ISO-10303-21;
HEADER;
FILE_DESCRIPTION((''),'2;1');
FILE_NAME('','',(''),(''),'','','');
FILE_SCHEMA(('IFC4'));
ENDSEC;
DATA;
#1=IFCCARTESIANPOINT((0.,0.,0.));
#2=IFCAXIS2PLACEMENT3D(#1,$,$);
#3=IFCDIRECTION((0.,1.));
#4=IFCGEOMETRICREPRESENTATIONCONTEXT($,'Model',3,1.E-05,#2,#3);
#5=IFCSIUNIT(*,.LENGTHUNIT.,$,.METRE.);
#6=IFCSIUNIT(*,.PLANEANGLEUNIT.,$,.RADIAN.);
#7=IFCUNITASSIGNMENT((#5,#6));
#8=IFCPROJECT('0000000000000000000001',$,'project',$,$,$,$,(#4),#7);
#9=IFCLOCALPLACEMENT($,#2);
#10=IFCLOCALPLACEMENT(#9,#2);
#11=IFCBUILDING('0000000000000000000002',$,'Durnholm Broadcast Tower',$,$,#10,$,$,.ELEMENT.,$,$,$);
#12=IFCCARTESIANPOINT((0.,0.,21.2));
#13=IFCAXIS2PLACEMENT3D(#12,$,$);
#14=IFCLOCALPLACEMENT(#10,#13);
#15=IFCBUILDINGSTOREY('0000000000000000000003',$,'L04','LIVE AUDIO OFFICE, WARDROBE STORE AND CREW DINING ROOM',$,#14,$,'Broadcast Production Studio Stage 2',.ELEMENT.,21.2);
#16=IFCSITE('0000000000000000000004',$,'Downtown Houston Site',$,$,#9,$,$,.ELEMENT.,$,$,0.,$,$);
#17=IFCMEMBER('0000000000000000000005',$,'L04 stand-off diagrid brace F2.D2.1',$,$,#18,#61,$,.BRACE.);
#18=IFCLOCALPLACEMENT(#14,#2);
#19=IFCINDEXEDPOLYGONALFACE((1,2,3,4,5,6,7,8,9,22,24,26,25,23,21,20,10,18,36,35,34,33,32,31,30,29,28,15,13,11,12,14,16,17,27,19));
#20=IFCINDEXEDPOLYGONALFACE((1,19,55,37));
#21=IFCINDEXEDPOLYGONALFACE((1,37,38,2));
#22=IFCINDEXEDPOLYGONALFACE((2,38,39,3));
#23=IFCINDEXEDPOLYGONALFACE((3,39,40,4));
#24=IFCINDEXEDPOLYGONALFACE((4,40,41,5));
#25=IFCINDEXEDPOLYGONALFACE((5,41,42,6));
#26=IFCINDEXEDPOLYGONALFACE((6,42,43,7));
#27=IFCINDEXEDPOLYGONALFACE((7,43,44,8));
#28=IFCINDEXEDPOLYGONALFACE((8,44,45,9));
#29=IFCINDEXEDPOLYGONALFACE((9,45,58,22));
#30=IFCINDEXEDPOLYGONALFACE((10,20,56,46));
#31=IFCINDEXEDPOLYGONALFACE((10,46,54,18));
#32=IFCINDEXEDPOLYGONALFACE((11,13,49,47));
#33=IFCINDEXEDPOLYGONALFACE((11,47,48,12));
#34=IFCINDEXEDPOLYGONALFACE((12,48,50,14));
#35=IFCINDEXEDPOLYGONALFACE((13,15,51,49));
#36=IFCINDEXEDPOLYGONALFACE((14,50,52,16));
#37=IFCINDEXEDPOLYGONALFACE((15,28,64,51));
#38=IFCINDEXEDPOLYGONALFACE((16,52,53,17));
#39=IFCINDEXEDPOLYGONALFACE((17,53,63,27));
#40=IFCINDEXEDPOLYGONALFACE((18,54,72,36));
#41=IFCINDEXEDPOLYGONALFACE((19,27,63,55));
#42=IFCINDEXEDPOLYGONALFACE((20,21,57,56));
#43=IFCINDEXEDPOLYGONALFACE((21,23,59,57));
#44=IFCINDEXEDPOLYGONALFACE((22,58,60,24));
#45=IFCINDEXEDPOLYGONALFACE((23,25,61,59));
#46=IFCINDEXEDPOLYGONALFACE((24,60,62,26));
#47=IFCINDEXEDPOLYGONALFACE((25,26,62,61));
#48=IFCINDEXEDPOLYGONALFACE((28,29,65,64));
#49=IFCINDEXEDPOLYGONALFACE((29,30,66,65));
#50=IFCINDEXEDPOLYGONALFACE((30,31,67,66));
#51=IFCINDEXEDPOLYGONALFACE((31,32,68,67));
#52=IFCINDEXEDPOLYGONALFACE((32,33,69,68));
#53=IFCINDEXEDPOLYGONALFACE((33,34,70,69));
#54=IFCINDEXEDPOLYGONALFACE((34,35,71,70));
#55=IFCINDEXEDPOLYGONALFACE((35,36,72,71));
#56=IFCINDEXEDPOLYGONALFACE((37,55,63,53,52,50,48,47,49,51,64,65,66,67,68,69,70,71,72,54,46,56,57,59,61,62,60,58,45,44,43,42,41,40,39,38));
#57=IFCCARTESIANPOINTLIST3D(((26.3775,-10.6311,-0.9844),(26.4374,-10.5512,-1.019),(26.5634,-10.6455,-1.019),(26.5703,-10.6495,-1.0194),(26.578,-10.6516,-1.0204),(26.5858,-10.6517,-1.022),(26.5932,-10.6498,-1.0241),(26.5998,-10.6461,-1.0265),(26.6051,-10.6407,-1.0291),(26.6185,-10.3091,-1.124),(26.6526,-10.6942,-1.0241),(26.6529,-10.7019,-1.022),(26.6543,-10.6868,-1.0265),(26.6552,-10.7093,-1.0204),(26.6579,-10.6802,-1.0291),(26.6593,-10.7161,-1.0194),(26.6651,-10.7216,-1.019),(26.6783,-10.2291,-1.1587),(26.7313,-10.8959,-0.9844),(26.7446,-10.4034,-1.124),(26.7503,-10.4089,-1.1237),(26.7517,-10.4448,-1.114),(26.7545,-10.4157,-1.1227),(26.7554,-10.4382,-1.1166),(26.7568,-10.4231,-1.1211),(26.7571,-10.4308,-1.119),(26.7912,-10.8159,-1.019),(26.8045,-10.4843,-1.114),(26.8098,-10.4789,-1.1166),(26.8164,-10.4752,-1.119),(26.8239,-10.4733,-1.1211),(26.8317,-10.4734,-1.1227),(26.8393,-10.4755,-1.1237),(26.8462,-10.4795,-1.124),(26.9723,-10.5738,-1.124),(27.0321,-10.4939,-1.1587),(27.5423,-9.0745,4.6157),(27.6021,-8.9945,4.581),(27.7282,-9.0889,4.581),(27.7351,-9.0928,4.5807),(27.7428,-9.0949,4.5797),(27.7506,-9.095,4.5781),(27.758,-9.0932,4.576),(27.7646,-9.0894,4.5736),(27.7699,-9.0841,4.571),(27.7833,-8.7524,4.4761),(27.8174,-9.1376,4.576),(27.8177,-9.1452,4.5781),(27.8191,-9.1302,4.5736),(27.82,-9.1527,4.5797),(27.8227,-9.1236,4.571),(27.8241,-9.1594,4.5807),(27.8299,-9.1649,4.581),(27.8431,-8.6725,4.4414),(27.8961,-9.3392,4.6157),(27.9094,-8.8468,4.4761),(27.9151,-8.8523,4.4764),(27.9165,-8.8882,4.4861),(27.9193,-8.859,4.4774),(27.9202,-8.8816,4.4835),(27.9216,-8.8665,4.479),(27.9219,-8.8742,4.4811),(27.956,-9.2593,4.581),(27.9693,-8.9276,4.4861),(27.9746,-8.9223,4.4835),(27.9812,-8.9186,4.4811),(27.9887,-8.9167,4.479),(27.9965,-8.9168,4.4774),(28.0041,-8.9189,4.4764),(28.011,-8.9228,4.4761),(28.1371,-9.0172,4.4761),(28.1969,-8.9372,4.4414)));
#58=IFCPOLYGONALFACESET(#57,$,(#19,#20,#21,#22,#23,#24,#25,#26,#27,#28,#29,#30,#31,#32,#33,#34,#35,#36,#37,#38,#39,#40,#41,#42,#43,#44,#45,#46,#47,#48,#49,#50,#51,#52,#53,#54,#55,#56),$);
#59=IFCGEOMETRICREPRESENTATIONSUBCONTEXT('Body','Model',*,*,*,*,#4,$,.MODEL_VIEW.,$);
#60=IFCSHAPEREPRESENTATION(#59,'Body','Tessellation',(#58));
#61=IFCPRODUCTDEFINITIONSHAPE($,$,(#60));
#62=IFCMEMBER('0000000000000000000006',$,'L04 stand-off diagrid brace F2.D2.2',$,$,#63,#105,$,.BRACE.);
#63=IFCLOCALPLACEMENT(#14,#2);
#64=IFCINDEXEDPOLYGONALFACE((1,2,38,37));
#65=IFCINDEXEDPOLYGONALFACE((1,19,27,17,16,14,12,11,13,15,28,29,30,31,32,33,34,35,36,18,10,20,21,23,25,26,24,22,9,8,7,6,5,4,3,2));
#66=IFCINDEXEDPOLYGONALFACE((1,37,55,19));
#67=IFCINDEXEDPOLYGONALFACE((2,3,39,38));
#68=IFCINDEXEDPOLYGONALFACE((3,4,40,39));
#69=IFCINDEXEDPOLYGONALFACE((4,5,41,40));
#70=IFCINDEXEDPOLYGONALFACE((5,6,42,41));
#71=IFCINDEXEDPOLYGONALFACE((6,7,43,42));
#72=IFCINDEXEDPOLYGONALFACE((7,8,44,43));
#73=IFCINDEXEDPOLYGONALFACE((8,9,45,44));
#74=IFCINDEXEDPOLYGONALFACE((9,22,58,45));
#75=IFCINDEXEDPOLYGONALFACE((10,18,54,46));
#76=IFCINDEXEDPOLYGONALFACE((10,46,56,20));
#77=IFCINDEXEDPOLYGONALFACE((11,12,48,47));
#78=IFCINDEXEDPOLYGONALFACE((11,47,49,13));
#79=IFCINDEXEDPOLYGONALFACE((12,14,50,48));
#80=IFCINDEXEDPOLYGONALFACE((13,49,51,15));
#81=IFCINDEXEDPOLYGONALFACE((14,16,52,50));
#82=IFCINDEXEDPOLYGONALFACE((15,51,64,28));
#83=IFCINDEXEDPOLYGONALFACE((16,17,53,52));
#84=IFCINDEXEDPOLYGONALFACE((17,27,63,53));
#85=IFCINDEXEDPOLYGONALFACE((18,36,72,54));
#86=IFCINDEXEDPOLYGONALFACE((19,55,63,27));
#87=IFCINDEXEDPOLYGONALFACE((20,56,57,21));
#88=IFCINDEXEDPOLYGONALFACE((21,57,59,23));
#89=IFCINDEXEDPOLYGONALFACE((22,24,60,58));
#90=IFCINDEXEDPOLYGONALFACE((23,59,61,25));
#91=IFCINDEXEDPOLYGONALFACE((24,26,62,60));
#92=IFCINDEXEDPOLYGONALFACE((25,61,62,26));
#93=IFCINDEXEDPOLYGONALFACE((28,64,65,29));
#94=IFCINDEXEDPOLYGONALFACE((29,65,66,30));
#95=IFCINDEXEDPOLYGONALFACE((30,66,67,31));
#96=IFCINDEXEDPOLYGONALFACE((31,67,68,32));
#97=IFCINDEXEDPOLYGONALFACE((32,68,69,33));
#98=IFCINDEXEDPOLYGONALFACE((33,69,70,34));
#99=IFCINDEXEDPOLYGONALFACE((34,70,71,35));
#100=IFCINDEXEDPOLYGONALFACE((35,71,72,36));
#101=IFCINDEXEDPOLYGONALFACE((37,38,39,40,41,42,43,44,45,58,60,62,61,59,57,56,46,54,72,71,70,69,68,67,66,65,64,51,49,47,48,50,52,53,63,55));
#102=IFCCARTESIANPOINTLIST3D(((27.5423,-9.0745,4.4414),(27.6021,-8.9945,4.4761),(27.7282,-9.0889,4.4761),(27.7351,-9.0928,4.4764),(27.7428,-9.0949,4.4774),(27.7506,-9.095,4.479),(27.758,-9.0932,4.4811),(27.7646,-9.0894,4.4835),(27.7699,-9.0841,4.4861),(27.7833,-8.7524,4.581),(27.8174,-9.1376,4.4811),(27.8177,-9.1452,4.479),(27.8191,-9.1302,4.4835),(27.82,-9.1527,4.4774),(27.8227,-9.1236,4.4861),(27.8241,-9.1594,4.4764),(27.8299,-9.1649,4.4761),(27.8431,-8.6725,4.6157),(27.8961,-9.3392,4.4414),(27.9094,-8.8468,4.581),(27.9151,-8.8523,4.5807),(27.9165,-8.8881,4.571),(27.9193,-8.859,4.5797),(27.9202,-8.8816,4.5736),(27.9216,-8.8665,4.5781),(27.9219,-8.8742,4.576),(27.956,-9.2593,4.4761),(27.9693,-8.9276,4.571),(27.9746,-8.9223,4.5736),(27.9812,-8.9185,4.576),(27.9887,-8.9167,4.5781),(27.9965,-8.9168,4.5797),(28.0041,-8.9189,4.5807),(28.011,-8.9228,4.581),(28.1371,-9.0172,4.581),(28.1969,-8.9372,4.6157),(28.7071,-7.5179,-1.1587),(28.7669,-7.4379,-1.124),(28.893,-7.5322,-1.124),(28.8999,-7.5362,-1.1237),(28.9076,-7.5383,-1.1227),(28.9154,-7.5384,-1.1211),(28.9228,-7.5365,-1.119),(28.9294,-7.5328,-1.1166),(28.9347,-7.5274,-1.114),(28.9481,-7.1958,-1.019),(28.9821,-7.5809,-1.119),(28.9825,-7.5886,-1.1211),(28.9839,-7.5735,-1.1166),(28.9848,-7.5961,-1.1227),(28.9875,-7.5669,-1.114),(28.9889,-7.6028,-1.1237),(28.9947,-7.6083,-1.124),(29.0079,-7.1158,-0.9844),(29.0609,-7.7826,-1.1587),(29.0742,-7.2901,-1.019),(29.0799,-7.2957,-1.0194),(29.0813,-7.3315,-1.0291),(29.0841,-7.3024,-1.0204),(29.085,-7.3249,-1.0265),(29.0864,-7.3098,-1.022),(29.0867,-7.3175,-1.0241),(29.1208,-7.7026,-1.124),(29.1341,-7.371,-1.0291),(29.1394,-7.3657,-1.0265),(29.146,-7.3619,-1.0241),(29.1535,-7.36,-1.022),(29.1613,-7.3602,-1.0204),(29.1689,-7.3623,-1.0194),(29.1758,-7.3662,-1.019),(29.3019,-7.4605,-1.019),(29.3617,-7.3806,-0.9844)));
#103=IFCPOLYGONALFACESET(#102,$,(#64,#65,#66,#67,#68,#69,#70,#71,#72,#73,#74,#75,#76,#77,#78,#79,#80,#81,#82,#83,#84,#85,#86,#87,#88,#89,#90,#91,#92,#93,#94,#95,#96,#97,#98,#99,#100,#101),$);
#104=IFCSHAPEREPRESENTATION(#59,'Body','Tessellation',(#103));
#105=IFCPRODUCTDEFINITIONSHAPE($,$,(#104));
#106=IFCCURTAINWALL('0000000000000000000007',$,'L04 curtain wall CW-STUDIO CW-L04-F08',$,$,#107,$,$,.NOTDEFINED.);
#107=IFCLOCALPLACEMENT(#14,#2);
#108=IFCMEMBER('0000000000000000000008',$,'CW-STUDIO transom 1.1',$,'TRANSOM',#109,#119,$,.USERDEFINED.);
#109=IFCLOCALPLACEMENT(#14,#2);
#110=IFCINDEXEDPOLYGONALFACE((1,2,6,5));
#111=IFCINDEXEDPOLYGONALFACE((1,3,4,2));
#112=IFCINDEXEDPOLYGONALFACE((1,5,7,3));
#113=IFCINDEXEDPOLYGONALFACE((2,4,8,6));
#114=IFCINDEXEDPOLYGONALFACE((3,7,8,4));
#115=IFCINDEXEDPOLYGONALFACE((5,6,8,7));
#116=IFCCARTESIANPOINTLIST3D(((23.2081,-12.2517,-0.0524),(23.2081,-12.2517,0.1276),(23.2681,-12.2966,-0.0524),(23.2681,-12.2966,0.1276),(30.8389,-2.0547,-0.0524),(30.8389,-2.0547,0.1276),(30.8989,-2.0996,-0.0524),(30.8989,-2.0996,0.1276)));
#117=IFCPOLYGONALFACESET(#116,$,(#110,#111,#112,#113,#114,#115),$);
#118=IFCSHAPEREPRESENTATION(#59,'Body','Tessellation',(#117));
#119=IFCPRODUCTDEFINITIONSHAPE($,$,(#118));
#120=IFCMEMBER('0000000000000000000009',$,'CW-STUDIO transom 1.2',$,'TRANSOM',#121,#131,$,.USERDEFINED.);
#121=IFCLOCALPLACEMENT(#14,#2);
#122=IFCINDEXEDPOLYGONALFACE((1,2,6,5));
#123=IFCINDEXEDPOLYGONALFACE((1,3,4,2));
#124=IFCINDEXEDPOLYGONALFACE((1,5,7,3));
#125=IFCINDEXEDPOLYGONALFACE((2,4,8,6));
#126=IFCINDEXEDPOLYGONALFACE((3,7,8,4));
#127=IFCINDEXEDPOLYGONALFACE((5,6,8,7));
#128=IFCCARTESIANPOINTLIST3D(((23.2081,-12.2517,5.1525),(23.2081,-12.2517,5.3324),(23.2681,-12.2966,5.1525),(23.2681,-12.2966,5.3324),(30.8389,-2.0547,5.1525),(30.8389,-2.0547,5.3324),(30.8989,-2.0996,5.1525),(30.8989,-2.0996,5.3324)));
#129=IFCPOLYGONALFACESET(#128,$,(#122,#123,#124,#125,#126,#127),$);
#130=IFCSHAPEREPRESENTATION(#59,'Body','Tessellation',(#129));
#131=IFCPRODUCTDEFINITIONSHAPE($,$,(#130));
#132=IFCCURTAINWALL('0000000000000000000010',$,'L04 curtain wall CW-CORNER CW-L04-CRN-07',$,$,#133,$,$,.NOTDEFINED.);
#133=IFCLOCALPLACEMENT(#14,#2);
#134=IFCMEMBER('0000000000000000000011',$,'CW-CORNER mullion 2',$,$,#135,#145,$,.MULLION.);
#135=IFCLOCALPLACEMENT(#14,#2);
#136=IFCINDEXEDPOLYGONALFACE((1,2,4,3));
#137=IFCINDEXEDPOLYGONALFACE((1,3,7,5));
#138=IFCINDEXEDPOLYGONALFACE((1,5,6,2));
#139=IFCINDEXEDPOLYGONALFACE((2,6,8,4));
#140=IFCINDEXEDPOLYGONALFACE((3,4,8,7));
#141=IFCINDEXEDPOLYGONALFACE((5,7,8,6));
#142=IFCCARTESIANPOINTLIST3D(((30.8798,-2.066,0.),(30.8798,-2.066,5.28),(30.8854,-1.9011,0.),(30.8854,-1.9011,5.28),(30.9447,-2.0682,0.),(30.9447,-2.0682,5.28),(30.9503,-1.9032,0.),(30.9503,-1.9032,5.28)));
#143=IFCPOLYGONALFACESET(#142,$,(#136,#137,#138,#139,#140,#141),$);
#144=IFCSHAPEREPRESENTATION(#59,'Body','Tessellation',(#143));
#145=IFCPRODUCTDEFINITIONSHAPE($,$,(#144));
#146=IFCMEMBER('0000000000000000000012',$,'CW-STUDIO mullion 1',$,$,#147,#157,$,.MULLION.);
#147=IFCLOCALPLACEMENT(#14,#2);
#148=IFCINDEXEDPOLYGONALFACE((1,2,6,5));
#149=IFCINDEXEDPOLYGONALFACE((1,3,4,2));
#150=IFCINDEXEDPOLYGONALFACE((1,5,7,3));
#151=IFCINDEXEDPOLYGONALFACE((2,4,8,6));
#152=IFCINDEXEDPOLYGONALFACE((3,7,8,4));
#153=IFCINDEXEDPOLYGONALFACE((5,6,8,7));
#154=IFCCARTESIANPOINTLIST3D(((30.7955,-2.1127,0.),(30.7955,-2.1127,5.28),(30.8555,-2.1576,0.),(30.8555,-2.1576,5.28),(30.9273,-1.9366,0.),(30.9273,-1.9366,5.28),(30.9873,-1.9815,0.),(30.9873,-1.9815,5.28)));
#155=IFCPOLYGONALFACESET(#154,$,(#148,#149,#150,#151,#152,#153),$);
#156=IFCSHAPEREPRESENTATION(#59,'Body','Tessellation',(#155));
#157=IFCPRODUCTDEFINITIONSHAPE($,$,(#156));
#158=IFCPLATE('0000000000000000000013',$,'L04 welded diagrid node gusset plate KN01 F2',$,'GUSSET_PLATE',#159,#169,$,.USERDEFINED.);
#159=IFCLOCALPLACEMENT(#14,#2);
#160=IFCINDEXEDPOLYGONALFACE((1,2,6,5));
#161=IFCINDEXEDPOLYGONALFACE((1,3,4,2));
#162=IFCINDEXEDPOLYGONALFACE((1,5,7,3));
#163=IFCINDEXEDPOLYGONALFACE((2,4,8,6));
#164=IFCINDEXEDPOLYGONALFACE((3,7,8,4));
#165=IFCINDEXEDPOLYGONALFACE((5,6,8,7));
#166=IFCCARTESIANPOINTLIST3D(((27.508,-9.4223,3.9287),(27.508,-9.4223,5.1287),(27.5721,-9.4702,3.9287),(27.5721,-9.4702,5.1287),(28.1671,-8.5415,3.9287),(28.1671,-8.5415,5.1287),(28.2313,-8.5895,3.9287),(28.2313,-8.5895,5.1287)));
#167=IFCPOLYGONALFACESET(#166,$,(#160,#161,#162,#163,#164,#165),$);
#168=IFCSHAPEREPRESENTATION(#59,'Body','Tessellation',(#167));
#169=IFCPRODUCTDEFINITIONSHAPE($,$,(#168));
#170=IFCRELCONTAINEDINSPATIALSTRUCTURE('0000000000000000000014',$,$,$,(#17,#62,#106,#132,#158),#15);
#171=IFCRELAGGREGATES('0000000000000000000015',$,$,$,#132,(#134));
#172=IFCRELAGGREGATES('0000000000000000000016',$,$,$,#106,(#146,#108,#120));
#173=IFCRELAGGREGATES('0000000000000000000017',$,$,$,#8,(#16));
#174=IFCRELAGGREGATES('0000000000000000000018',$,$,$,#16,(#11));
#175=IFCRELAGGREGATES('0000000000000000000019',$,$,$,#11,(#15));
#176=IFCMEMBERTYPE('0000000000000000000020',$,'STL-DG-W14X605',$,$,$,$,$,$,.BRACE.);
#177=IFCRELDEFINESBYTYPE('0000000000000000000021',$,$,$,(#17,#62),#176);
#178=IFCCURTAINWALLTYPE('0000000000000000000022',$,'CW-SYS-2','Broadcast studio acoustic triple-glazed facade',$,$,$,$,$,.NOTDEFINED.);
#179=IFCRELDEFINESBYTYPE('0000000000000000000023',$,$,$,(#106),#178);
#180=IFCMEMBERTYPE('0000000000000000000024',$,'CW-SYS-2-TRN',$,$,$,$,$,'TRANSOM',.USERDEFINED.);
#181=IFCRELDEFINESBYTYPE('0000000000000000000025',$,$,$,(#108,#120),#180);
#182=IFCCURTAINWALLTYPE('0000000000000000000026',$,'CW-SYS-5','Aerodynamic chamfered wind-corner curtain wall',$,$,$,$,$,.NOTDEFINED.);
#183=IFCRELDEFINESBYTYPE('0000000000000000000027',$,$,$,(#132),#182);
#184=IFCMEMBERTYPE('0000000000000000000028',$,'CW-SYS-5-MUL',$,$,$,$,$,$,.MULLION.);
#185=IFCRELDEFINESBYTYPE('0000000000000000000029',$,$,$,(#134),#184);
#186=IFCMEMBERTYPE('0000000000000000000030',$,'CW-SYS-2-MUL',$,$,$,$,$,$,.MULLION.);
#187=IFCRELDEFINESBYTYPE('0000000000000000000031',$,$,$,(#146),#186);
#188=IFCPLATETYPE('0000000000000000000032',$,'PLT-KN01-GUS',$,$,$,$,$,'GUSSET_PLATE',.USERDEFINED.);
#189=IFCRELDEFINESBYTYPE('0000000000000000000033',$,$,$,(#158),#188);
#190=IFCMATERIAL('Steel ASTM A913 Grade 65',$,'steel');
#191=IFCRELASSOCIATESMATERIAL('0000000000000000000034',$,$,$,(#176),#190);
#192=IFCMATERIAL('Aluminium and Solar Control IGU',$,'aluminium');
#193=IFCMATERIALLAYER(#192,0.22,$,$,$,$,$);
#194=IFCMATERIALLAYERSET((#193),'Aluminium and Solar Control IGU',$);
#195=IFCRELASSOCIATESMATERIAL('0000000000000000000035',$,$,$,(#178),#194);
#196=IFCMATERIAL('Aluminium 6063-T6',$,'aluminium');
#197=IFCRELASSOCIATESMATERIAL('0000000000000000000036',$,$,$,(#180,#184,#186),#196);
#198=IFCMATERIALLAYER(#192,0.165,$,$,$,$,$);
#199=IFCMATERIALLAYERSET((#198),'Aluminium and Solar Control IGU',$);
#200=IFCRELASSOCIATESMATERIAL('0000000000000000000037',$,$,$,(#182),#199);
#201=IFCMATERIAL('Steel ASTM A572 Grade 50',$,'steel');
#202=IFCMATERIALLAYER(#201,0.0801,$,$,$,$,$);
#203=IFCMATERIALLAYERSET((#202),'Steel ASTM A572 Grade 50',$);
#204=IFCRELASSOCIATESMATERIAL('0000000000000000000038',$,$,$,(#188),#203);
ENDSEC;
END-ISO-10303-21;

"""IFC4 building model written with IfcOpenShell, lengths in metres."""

from ifc_helpers import new_model, si_unit, direction, frame, origin, origin_2d, place, context, subcontext, project, spatial, rectangle, i_section, extrude, source, transform, mapped, material, layer, layer_set, material_profile, profile_set, type_object, type_shapes, element, aggregate, save


model = new_model("IFC4")

# Units and contexts
model_context = context("Model", 3, precision=1e-05, world=origin(), true_north=direction((0.0, 1.0)))
body_context = subcontext(model_context, "Body", "Model", "MODEL_VIEW")
ifc_project = project(units=[si_unit("LENGTHUNIT", "METRE"), si_unit("PLANEANGLEUNIT", "RADIAN")], contexts=[model_context])

# Site, building, storey
site_placement = place(None, origin())
site = spatial("IfcSite", under=ifc_project, at=site_placement, Name="Downtown Houston Site", CompositionType="ELEMENT", RefElevation=0.0)
building_placement = place(site_placement, origin())
building = spatial("IfcBuilding", under=site, at=building_placement, Name="Durnholm Broadcast Tower", CompositionType="ELEMENT")
storey_placement = place(building_placement, frame((0.0, 0.0, 21.2)))
storey = spatial("IfcBuildingStorey", under=building, at=storey_placement, Name="L04", Description="LIVE AUDIO OFFICE, WARDROBE STORE AND CREW DINING ROOM", LongName="Broadcast Production Studio Stage 2", CompositionType="ELEMENT", Elevation=21.2)

# Shared definitions
ifc_material_1 = material(Name="Steel ASTM A913 Grade 65", Category="steel")

# Members
ifc_material_profile_1 = material_profile(ifc_material_1, i_section(OverallWidth=0.4419, OverallDepth=0.5315, WebThickness=0.0659, FlangeThickness=0.1057, FilletRadius=0.0305, at=origin_2d()), Name="W14X605")
ifc_profile_set_1 = profile_set([ifc_material_profile_1], Name="Steel ASTM A913 Grade 65")
member_type_1 = type_object("IfcMemberType", Name="STL-DG-W14X605", PredefinedType="BRACE", material=ifc_profile_set_1)
shared_shape_1 = source(origin(), body_context, "Body", "SweptSolid", [
    extrude(i_section(OverallWidth=0.4419, OverallDepth=0.5315, WebThickness=0.0659, FlangeThickness=0.1057, FilletRadius=0.0305, at=origin_2d()), origin(), (0.0, 0.0, 1.0), 5.928),
])
type_shapes(member_type_1, [shared_shape_1])
for number, where, z_axis, x_axis, name in (
    (1, (26.7048, -10.5625, -1.0715), (0.196491, 0.262592, 0.944689), (-0.800663, 0.599116, 0.0), "L04 stand-off diagrid brace F2.D2.1"),
    (2, (29.0344, -7.4492, -1.0715), (-0.196491, -0.262592, 0.944689), (0.800663, -0.599116, 0.0), "L04 stand-off diagrid brace F2.D2.2"),
):
    element("IfcMember", number, at=place(storey_placement, frame(where, z_axis=z_axis, x_axis=x_axis)), inside=storey, type_object=member_type_1, Name=name, PredefinedType="BRACE", context=body_context, shape_type="MappedRepresentation", body=[
        mapped(shared_shape_1, transform((0.0, 0.0, 0.0), x_axis=(1.0, 0.0, 0.0), y_axis=(0.0, 1.0, 0.0), z_axis=(0.0, 0.0, 1.0), scale=1.0)),
    ])

# Curtain wall, members
ifc_material_2 = material(Name="Aluminium and Solar Control IGU", Category="aluminium")
ifc_layer_1 = layer(ifc_material_2, 0.22)
ifc_layer_set_1 = layer_set([ifc_layer_1], Name="Aluminium and Solar Control IGU")
curtain_wall_type_1 = type_object("IfcCurtainWallType", Name="CW-SYS-2", Description="Broadcast studio acoustic triple-glazed facade", PredefinedType="NOTDEFINED", material=ifc_layer_set_1)
curtain_wall_1_placement = place(storey_placement, origin())
curtain_wall_1 = element("IfcCurtainWall", 3, at=curtain_wall_1_placement, inside=storey, type_object=curtain_wall_type_1, Name="L04 curtain wall CW-STUDIO CW-L04-F08", PredefinedType="NOTDEFINED")
ifc_material_3 = material(Name="Aluminium 6063-T6", Category="aluminium")
ifc_material_profile_2 = material_profile(ifc_material_3, rectangle(XDim=0.075, YDim=0.1799, at=origin_2d()), Name="CWT75X180")
ifc_profile_set_2 = profile_set([ifc_material_profile_2], Name="Aluminium 6063-T6")
member_type_2 = type_object("IfcMemberType", Name="CW-SYS-2-TRN", ElementType="TRANSOM", PredefinedType="USERDEFINED", material=ifc_profile_set_2)
shared_shape_2 = source(origin(), body_context, "Body", "SweptSolid", [
    extrude(rectangle(XDim=0.075, YDim=0.1799, at=origin_2d()), origin(), (0.0, 0.0, 1.0), 12.7361),
])
type_shapes(member_type_2, [shared_shape_2])
member_1_placement = place(storey_placement, frame((30.8689, -2.0771, 0.0376), z_axis=(-0.59915, -0.800637, 0.0), x_axis=(0.800637, -0.59915, 0.0)))
member_1 = element("IfcMember", 4, at=member_1_placement, type_object=member_type_2, Name="CW-STUDIO transom 1.1", ObjectType="TRANSOM", PredefinedType="USERDEFINED", context=body_context, shape_type="MappedRepresentation", body=[
    mapped(shared_shape_2, transform((0.0, 0.0, 0.0), x_axis=(1.0, 0.0, 0.0), y_axis=(0.0, 1.0, 0.0), z_axis=(0.0, 0.0, 1.0), scale=1.0)),
])
member_2_placement = place(storey_placement, frame((30.8689, -2.0771, 5.2424), z_axis=(-0.59915, -0.800637, 0.0), x_axis=(0.800637, -0.59915, 0.0)))
member_2 = element("IfcMember", 5, at=member_2_placement, type_object=member_type_2, Name="CW-STUDIO transom 1.2", ObjectType="TRANSOM", PredefinedType="USERDEFINED", context=body_context, shape_type="MappedRepresentation", body=[
    mapped(shared_shape_2, transform((0.0, 0.0, 0.0), x_axis=(1.0, 0.0, 0.0), y_axis=(0.0, 1.0, 0.0), z_axis=(0.0, 0.0, 1.0), scale=1.0)),
])

# Curtain wall, member
ifc_layer_2 = layer(ifc_material_2, 0.165)
ifc_layer_set_2 = layer_set([ifc_layer_2], Name="Aluminium and Solar Control IGU")
curtain_wall_type_2 = type_object("IfcCurtainWallType", Name="CW-SYS-5", Description="Aerodynamic chamfered wind-corner curtain wall", PredefinedType="NOTDEFINED", material=ifc_layer_set_2)
curtain_wall_2_placement = place(storey_placement, origin())
curtain_wall_2 = element("IfcCurtainWall", 6, at=curtain_wall_2_placement, inside=storey, type_object=curtain_wall_type_2, Name="L04 curtain wall CW-CORNER CW-L04-CRN-07", PredefinedType="NOTDEFINED")
ifc_material_profile_3 = material_profile(ifc_material_3, rectangle(XDim=0.0649, YDim=0.165, at=origin_2d()), Name="CWM65X165")
ifc_profile_set_3 = profile_set([ifc_material_profile_3], Name="Aluminium 6063-T6")
member_type_3 = type_object("IfcMemberType", Name="CW-SYS-5-MUL", PredefinedType="MULLION", material=ifc_profile_set_3)
shared_shape_3 = source(origin(), body_context, "Body", "SweptSolid", [
    extrude(rectangle(XDim=0.0649, YDim=0.165, at=origin_2d()), origin(), (0.0, 0.0, 1.0), 5.28),
])
type_shapes(member_type_3, [shared_shape_3])
member_3_placement = place(storey_placement, frame((30.915, -1.9846, 0.0), z_axis=(0.0, 0.0, 1.0), x_axis=(0.999437, -0.033557, 0.0)))
member_3 = element("IfcMember", 7, at=member_3_placement, type_object=member_type_3, Name="CW-CORNER mullion 2", PredefinedType="MULLION", context=body_context, shape_type="MappedRepresentation", body=[
    mapped(shared_shape_3, transform((0.0, 0.0, 0.0), x_axis=(1.0, 0.0, 0.0), y_axis=(0.0, 1.0, 0.0), z_axis=(0.0, 0.0, 1.0), scale=1.0)),
])

# Member
ifc_material_profile_4 = material_profile(ifc_material_3, rectangle(XDim=0.075, YDim=0.22, at=origin_2d()), Name="CWM75X220")
ifc_profile_set_4 = profile_set([ifc_material_profile_4], Name="Aluminium 6063-T6")
member_type_4 = type_object("IfcMemberType", Name="CW-SYS-2-MUL", PredefinedType="MULLION", material=ifc_profile_set_4)
shared_shape_4 = source(origin(), body_context, "Body", "SweptSolid", [
    extrude(rectangle(XDim=0.075, YDim=0.22, at=origin_2d()), origin(), (0.0, 0.0, 1.0), 5.28),
])
type_shapes(member_type_4, [shared_shape_4])
member_4_placement = place(storey_placement, frame((30.8914, -2.0471, 0.0), z_axis=(0.0, 0.0, 1.0), x_axis=(0.800632, -0.599157, 0.0)))
member_4 = element("IfcMember", 8, at=member_4_placement, type_object=member_type_4, Name="CW-STUDIO mullion 1", PredefinedType="MULLION", context=body_context, shape_type="MappedRepresentation", body=[
    mapped(shared_shape_4, transform((0.0, 0.0, 0.0), x_axis=(1.0, 0.0, 0.0), y_axis=(0.0, 1.0, 0.0), z_axis=(0.0, 0.0, 1.0), scale=1.0)),
])

# Plate
ifc_material_4 = material(Name="Steel ASTM A572 Grade 50", Category="steel")
ifc_layer_3 = layer(ifc_material_4, 0.0801)
ifc_layer_set_3 = layer_set([ifc_layer_3], Name="Steel ASTM A572 Grade 50")
plate_type_1 = type_object("IfcPlateType", Name="PLT-KN01-GUS", ElementType="GUSSET_PLATE", PredefinedType="USERDEFINED", material=ifc_layer_set_3)
shared_shape_5 = source(origin(), body_context, "Body", "SweptSolid", [
    extrude(rectangle(XDim=1.1001, YDim=0.0801, at=origin_2d()), origin(), (0.0, 0.0, 1.0), 1.2),
])
type_shapes(plate_type_1, [shared_shape_5])
plate_1_placement = place(storey_placement, frame((27.8696, -9.0059, 3.9287), z_axis=(0.0, 0.0, 1.0), x_axis=(0.599163, 0.800627, 0.0)))
element("IfcPlate", 9, at=plate_1_placement, inside=storey, type_object=plate_type_1, Name="L04 welded diagrid node gusset plate KN01 F2", ObjectType="GUSSET_PLATE", PredefinedType="USERDEFINED", context=body_context, shape_type="MappedRepresentation", body=[
    mapped(shared_shape_5, transform((0.0, 0.0, 0.0), x_axis=(1.0, 0.0, 0.0), y_axis=(0.0, 1.0, 0.0), z_axis=(0.0, 0.0, 1.0), scale=1.0)),
])
aggregate(curtain_wall_2, [member_3])
aggregate(curtain_wall_1, [member_4, member_1, member_2])

save(model, "model.ifc")
